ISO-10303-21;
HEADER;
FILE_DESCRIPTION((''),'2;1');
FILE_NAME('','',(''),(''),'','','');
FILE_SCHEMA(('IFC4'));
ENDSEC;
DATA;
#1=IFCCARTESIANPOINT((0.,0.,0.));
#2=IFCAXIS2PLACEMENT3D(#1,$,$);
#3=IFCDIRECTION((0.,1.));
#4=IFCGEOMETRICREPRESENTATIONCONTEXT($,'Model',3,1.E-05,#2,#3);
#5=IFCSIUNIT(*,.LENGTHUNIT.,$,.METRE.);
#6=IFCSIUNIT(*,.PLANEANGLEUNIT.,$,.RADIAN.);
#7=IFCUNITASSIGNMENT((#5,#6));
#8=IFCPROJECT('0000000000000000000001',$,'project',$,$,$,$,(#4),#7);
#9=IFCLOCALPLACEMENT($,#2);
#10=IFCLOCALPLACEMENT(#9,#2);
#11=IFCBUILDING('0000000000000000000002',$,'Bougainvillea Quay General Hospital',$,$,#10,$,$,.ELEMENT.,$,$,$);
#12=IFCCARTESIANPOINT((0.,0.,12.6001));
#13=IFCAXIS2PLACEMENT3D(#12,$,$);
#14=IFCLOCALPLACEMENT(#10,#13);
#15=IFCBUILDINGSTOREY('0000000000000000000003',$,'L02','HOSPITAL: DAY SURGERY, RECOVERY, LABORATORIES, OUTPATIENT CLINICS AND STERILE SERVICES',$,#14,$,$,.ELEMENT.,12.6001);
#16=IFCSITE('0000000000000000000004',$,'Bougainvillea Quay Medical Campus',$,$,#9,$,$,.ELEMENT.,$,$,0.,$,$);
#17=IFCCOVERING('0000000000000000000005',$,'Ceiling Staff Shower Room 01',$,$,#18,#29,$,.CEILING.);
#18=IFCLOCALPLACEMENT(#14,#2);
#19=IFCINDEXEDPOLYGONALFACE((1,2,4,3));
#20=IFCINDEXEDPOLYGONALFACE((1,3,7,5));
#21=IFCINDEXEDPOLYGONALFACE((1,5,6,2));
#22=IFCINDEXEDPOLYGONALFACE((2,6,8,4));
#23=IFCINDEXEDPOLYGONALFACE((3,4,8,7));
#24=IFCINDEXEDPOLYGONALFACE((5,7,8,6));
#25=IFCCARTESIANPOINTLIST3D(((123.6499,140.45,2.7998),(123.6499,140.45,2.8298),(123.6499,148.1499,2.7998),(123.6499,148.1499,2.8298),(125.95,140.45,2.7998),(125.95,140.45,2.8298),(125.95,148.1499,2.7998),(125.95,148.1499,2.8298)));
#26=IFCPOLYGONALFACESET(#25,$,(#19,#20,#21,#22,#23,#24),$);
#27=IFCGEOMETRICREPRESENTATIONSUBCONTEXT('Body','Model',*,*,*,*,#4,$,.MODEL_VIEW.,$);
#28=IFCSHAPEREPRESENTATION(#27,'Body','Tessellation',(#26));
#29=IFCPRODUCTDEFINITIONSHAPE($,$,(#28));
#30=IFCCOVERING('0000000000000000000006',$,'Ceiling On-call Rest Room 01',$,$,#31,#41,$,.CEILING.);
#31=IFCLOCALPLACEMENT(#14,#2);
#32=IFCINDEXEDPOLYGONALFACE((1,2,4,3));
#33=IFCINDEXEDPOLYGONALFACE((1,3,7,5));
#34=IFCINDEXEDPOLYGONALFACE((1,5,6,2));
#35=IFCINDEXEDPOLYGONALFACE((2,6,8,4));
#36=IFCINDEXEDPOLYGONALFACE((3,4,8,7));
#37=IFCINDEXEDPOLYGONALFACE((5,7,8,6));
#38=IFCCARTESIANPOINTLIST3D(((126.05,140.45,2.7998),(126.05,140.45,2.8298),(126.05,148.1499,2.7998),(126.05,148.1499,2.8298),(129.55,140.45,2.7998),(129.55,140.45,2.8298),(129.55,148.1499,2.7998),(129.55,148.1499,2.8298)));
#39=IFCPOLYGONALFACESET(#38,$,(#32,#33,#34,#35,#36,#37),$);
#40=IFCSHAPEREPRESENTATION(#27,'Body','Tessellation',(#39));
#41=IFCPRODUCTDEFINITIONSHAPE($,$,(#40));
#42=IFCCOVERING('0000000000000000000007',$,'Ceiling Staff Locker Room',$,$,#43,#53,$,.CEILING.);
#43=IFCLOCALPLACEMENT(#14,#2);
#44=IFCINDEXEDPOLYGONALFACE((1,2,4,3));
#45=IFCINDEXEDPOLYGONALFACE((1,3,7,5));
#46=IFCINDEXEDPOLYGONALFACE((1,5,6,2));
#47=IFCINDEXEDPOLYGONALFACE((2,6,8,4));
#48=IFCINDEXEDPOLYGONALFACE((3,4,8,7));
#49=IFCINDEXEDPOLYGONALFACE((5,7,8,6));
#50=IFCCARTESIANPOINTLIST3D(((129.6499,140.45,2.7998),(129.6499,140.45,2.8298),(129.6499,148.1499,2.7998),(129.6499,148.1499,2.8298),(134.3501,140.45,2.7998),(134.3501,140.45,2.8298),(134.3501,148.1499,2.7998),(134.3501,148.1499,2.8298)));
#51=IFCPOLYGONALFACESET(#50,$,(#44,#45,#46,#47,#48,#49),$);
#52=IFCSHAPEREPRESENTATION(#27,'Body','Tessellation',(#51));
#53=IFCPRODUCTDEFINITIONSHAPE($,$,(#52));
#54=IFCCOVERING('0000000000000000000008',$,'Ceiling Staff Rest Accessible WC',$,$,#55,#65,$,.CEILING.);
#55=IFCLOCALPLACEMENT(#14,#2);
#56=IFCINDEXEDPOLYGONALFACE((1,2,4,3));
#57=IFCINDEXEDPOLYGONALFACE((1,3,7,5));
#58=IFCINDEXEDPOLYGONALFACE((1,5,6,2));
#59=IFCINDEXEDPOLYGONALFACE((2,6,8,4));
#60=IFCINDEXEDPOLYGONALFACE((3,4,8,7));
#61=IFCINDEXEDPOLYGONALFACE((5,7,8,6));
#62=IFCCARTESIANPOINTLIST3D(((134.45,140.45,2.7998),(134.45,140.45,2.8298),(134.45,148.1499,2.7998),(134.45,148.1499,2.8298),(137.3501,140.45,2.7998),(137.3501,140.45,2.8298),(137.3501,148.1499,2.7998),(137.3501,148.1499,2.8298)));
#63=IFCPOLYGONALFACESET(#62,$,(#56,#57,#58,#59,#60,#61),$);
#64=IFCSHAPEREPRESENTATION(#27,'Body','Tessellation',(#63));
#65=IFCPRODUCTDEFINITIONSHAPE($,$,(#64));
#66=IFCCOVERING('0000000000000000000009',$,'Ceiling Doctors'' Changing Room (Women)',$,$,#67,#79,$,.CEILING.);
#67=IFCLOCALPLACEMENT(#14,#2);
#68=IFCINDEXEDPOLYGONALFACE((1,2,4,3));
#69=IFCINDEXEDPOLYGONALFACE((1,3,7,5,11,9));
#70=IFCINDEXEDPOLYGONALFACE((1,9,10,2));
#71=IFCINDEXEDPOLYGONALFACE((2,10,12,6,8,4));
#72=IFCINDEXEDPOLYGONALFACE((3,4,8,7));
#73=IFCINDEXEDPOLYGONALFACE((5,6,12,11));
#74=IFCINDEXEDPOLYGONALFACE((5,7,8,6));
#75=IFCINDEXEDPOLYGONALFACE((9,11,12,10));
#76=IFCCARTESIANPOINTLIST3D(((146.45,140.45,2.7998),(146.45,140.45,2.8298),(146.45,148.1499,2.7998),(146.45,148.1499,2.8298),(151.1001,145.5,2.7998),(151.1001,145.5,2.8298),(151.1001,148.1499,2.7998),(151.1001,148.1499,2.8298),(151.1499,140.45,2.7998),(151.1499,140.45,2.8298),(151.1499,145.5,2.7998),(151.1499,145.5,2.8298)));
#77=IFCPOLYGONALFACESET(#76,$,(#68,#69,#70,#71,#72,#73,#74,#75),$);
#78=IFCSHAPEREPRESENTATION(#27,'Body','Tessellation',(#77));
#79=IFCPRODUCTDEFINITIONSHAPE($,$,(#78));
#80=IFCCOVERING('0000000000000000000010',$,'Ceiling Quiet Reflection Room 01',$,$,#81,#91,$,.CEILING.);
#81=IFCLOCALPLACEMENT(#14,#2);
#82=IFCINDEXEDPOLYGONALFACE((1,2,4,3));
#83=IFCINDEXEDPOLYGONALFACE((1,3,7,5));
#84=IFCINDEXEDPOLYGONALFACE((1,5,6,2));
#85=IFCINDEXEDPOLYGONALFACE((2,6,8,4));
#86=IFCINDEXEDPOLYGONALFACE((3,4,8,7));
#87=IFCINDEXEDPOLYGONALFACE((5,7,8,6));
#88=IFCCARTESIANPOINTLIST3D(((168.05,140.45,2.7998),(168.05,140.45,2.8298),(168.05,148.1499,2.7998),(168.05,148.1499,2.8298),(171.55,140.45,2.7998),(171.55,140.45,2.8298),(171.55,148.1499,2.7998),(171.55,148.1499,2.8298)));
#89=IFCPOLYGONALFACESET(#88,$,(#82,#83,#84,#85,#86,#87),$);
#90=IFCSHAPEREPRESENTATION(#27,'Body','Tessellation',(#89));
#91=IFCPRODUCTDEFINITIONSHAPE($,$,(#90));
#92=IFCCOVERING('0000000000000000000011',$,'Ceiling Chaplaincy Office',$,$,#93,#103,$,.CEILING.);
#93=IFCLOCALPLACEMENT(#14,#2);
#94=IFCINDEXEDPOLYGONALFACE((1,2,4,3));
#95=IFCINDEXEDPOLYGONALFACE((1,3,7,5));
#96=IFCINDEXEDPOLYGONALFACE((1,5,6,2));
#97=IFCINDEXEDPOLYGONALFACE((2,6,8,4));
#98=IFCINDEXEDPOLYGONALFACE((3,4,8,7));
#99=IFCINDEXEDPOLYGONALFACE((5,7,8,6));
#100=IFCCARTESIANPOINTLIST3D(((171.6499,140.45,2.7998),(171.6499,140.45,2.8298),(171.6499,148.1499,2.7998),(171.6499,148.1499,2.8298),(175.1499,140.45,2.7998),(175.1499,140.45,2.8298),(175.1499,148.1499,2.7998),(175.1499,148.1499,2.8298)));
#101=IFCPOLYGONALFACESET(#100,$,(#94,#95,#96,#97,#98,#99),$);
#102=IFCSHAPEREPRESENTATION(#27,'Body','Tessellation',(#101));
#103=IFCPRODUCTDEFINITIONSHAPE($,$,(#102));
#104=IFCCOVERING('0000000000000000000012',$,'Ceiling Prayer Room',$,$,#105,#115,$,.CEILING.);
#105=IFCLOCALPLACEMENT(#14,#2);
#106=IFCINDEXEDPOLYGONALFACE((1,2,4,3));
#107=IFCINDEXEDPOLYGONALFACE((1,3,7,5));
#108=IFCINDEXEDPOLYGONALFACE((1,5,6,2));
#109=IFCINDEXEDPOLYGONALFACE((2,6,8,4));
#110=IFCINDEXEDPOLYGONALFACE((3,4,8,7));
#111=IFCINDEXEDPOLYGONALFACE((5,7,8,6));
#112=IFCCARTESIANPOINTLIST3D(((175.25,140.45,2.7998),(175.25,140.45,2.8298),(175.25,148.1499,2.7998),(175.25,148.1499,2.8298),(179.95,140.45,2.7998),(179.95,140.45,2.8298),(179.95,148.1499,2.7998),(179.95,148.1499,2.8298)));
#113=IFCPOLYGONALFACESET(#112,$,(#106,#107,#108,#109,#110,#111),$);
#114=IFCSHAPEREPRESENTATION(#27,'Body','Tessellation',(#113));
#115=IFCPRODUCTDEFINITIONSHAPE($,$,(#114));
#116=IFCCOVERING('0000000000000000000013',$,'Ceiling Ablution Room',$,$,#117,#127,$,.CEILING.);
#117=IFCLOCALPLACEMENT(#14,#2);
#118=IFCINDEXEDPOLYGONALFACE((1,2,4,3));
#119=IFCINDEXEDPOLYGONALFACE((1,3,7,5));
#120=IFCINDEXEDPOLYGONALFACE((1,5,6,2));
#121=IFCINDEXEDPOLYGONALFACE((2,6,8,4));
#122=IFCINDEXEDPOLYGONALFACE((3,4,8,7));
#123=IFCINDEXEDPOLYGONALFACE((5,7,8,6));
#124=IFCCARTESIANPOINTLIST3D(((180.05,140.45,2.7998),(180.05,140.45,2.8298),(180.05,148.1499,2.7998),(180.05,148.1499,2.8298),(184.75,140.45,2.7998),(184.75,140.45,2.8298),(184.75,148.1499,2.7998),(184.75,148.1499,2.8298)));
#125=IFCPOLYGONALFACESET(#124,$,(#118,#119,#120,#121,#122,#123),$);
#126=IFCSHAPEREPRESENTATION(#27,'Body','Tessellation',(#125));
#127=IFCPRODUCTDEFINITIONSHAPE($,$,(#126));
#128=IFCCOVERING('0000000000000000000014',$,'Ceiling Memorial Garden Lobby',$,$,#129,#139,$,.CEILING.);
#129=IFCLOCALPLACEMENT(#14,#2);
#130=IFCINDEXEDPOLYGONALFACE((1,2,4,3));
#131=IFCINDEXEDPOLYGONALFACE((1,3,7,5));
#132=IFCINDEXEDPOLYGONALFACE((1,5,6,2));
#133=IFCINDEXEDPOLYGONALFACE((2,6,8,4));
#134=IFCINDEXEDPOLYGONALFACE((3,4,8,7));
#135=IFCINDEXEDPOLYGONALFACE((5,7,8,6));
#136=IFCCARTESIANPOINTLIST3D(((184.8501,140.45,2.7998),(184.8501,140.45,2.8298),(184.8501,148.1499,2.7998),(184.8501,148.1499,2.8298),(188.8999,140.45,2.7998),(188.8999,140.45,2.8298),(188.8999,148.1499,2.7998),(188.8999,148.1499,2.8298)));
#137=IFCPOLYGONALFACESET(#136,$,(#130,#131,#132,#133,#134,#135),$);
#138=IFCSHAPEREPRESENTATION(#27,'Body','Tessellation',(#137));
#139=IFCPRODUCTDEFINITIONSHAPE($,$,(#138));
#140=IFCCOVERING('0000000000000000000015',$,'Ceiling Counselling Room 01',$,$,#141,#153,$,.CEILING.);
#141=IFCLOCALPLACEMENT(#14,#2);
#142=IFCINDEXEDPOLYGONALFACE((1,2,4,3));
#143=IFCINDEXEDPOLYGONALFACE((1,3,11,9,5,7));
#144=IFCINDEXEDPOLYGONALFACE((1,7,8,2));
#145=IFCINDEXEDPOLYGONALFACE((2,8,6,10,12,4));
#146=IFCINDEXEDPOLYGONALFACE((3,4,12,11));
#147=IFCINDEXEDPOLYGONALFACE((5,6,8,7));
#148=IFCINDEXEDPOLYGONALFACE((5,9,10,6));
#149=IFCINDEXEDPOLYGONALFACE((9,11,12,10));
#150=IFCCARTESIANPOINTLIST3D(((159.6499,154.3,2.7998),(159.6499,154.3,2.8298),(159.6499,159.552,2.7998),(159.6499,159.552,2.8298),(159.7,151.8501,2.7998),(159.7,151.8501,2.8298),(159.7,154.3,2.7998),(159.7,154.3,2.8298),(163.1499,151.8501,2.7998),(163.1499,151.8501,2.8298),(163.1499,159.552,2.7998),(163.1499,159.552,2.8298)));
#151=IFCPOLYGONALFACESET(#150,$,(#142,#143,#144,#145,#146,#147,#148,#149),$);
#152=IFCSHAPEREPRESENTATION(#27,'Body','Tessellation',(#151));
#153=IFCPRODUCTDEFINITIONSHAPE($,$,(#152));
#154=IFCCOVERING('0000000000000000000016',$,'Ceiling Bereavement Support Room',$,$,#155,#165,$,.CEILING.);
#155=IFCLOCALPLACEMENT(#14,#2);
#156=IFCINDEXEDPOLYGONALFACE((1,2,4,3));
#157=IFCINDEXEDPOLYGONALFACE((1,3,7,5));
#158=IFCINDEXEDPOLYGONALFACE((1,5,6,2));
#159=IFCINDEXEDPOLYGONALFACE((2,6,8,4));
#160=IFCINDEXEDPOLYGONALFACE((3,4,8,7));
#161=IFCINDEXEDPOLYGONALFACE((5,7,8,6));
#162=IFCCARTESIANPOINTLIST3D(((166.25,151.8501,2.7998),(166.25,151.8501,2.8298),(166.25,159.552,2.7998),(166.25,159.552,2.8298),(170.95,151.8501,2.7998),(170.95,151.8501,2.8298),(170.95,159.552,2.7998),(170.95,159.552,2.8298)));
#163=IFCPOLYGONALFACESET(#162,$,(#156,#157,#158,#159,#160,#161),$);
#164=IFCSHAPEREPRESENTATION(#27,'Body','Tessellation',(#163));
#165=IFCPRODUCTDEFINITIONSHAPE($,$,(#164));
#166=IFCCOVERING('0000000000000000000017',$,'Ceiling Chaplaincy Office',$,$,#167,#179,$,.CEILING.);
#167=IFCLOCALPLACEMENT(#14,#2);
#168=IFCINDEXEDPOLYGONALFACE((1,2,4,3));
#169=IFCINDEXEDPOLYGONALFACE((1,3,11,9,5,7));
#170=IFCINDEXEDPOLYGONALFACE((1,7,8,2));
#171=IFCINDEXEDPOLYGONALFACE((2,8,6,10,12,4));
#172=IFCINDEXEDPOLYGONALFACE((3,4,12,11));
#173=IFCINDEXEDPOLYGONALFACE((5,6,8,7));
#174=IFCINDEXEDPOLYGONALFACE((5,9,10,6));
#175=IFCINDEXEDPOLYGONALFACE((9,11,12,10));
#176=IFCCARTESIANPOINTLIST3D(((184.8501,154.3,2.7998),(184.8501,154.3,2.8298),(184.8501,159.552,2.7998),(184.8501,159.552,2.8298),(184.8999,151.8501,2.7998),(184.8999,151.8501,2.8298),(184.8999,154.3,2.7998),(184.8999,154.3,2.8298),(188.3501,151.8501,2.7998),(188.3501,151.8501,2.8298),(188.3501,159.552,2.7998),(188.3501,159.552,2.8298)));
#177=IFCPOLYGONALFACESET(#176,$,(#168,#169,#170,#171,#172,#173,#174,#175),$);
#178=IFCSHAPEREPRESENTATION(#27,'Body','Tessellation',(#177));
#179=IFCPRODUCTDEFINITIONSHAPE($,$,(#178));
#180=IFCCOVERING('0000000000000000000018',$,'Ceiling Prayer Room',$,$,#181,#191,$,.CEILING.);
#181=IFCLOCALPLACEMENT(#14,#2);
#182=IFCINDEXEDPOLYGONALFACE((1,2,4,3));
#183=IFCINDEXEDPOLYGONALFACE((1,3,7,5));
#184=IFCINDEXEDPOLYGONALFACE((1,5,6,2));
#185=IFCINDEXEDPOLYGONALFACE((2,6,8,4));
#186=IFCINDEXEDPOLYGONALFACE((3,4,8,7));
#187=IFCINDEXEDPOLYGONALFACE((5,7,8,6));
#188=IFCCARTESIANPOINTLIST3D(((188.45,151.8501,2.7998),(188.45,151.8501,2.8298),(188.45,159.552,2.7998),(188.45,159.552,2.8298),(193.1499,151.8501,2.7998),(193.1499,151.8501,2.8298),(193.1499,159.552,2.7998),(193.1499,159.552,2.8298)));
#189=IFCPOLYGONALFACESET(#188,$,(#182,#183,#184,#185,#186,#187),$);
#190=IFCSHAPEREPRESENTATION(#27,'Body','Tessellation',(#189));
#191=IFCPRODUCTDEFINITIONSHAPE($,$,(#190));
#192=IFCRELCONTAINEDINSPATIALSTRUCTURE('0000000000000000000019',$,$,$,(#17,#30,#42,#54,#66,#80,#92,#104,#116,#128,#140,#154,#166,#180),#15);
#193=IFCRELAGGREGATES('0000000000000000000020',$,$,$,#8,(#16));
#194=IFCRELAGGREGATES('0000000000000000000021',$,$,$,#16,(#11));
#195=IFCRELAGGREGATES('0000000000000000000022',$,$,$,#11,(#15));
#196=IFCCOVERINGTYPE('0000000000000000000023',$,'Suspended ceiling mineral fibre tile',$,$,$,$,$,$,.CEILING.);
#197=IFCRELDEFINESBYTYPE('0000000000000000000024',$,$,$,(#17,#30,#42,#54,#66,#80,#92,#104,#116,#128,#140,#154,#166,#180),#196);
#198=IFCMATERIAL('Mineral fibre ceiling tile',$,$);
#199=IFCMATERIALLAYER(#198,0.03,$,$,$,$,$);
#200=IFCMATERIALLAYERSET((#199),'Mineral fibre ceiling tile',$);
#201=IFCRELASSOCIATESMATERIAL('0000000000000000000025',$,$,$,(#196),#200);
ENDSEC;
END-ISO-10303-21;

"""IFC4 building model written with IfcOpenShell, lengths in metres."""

from ifc_helpers import new_model, si_unit, direction, frame, origin, place, context, subcontext, project, spatial, polyline, outline, extrude, material, layer, layer_set, type_object, element, save


model = new_model("IFC4")

# Units and contexts
model_context = context("Model", 3, precision=1e-05, world=origin(), true_north=direction((0.0, 1.0)))
body_context = subcontext(model_context, "Body", "Model", "MODEL_VIEW")
ifc_project = project(units=[si_unit("LENGTHUNIT", "METRE"), si_unit("PLANEANGLEUNIT", "RADIAN")], contexts=[model_context])

# Site, building, storey
site_placement = place(None, origin())
site = spatial("IfcSite", under=ifc_project, at=site_placement, Name="Bougainvillea Quay Medical Campus", CompositionType="ELEMENT", RefElevation=0.0)
building_placement = place(site_placement, origin())
building = spatial("IfcBuilding", under=site, at=building_placement, Name="Bougainvillea Quay General Hospital", CompositionType="ELEMENT")
storey_placement = place(building_placement, frame((0.0, 0.0, 12.6001)))
storey = spatial("IfcBuildingStorey", under=building, at=storey_placement, Name="L02", Description="HOSPITAL: DAY SURGERY, RECOVERY, LABORATORIES, OUTPATIENT CLINICS AND STERILE SERVICES", CompositionType="ELEMENT", Elevation=12.6001)

# Coverings
ifc_material_1 = material(Name="Mineral fibre ceiling tile")
ifc_layer_1 = layer(ifc_material_1, 0.03)
ifc_layer_set_1 = layer_set([ifc_layer_1], Name="Mineral fibre ceiling tile")
covering_type = type_object("IfcCoveringType", Name="Suspended ceiling mineral fibre tile", PredefinedType="CEILING", material=ifc_layer_set_1)
covering_1_placement = place(storey_placement, frame((0.0, 0.0, 2.7998)))
element("IfcCovering", 1, at=covering_1_placement, inside=storey, type_object=covering_type, Name="Ceiling Staff Shower Room 01", PredefinedType="CEILING", context=body_context, shape_type="SweptSolid", body=[
    extrude(outline(polyline([(123.6499, 140.45), (125.95, 140.45), (125.95, 148.1499), (123.6499, 148.1499), (123.6499, 140.45)])), origin(), (0.0, 0.0, 1.0), 0.03),
])
covering_2_placement = place(storey_placement, frame((0.0, 0.0, 2.7998)))
element("IfcCovering", 2, at=covering_2_placement, inside=storey, type_object=covering_type, Name="Ceiling On-call Rest Room 01", PredefinedType="CEILING", context=body_context, shape_type="SweptSolid", body=[
    extrude(outline(polyline([(129.55, 148.1499), (126.05, 148.1499), (126.05, 140.45), (129.55, 140.45), (129.55, 148.1499)])), origin(), (0.0, 0.0, 1.0), 0.03),
])
covering_3_placement = place(storey_placement, frame((0.0, 0.0, 2.7998)))
element("IfcCovering", 3, at=covering_3_placement, inside=storey, type_object=covering_type, Name="Ceiling Staff Locker Room", PredefinedType="CEILING", context=body_context, shape_type="SweptSolid", body=[
    extrude(outline(polyline([(129.6499, 140.45), (134.3501, 140.45), (134.3501, 148.1499), (129.6499, 148.1499), (129.6499, 140.45)])), origin(), (0.0, 0.0, 1.0), 0.03),
])
covering_4_placement = place(storey_placement, frame((0.0, 0.0, 2.7998)))
element("IfcCovering", 4, at=covering_4_placement, inside=storey, type_object=covering_type, Name="Ceiling Staff Rest Accessible WC", PredefinedType="CEILING", context=body_context, shape_type="SweptSolid", body=[
    extrude(outline(polyline([(137.3501, 148.1499), (134.45, 148.1499), (134.45, 140.45), (137.3501, 140.45), (137.3501, 148.1499)])), origin(), (0.0, 0.0, 1.0), 0.03),
])
covering_5_placement = place(storey_placement, frame((0.0, 0.0, 2.7998)))
element("IfcCovering", 5, at=covering_5_placement, inside=storey, type_object=covering_type, Name="Ceiling Doctors' Changing Room (Women)", PredefinedType="CEILING", context=body_context, shape_type="SweptSolid", body=[
    extrude(outline(polyline([(151.1499, 145.5), (151.1001, 145.5), (151.1001, 148.1499), (146.45, 148.1499), (146.45, 140.45), (151.1499, 140.45), (151.1499, 145.5)])), origin(), (0.0, 0.0, 1.0), 0.03),
])
covering_6_placement = place(storey_placement, frame((0.0, 0.0, 2.7998)))
element("IfcCovering", 6, at=covering_6_placement, inside=storey, type_object=covering_type, Name="Ceiling Quiet Reflection Room 01", PredefinedType="CEILING", context=body_context, shape_type="SweptSolid", body=[
    extrude(outline(polyline([(171.55, 148.1499), (168.05, 148.1499), (168.05, 140.45), (171.55, 140.45), (171.55, 148.1499)])), origin(), (0.0, 0.0, 1.0), 0.03),
])
covering_7_placement = place(storey_placement, frame((0.0, 0.0, 2.7998)))
element("IfcCovering", 7, at=covering_7_placement, inside=storey, type_object=covering_type, Name="Ceiling Chaplaincy Office", PredefinedType="CEILING", context=body_context, shape_type="SweptSolid", body=[
    extrude(outline(polyline([(171.6499, 148.1499), (171.6499, 140.45), (175.1499, 140.45), (175.1499, 148.1499), (171.6499, 148.1499)])), origin(), (0.0, 0.0, 1.0), 0.03),
])
covering_8_placement = place(storey_placement, frame((0.0, 0.0, 2.7998)))
element("IfcCovering", 8, at=covering_8_placement, inside=storey, type_object=covering_type, Name="Ceiling Prayer Room", PredefinedType="CEILING", context=body_context, shape_type="SweptSolid", body=[
    extrude(outline(polyline([(179.95, 140.45), (179.95, 148.1499), (175.25, 148.1499), (175.25, 140.45), (179.95, 140.45)])), origin(), (0.0, 0.0, 1.0), 0.03),
])
covering_9_placement = place(storey_placement, frame((0.0, 0.0, 2.7998)))
element("IfcCovering", 9, at=covering_9_placement, inside=storey, type_object=covering_type, Name="Ceiling Ablution Room", PredefinedType="CEILING", context=body_context, shape_type="SweptSolid", body=[
    extrude(outline(polyline([(184.75, 140.45), (184.75, 148.1499), (180.05, 148.1499), (180.05, 140.45), (184.75, 140.45)])), origin(), (0.0, 0.0, 1.0), 0.03),
])
covering_10_placement = place(storey_placement, frame((0.0, 0.0, 2.7998)))
element("IfcCovering", 10, at=covering_10_placement, inside=storey, type_object=covering_type, Name="Ceiling Memorial Garden Lobby", PredefinedType="CEILING", context=body_context, shape_type="SweptSolid", body=[
    extrude(outline(polyline([(188.8999, 140.45), (188.8999, 148.1499), (184.8501, 148.1499), (184.8501, 140.45), (188.8999, 140.45)])), origin(), (0.0, 0.0, 1.0), 0.03),
])
covering_11_placement = place(storey_placement, frame((0.0, 0.0, 2.7998)))
element("IfcCovering", 11, at=covering_11_placement, inside=storey, type_object=covering_type, Name="Ceiling Counselling Room 01", PredefinedType="CEILING", context=body_context, shape_type="SweptSolid", body=[
    extrude(outline(polyline([(159.7, 154.3), (159.7, 151.8501), (163.1499, 151.8501), (163.1499, 159.552), (159.6499, 159.552), (159.6499, 154.3), (159.7, 154.3)])), origin(), (0.0, 0.0, 1.0), 0.03),
])
covering_12_placement = place(storey_placement, frame((0.0, 0.0, 2.7998)))
element("IfcCovering", 12, at=covering_12_placement, inside=storey, type_object=covering_type, Name="Ceiling Bereavement Support Room", PredefinedType="CEILING", context=body_context, shape_type="SweptSolid", body=[
    extrude(outline(polyline([(170.95, 151.8501), (170.95, 159.552), (166.25, 159.552), (166.25, 151.8501), (170.95, 151.8501)])), origin(), (0.0, 0.0, 1.0), 0.03),
])
covering_13_placement = place(storey_placement, frame((0.0, 0.0, 2.7998)))
element("IfcCovering", 13, at=covering_13_placement, inside=storey, type_object=covering_type, Name="Ceiling Chaplaincy Office", PredefinedType="CEILING", context=body_context, shape_type="SweptSolid", body=[
    extrude(outline(polyline([(188.3501, 151.8501), (188.3501, 159.552), (184.8501, 159.552), (184.8501, 154.3), (184.8999, 154.3), (184.8999, 151.8501), (188.3501, 151.8501)])), origin(), (0.0, 0.0, 1.0), 0.03),
])
covering_14_placement = place(storey_placement, frame((0.0, 0.0, 2.7998)))
element("IfcCovering", 14, at=covering_14_placement, inside=storey, type_object=covering_type, Name="Ceiling Prayer Room", PredefinedType="CEILING", context=body_context, shape_type="SweptSolid", body=[
    extrude(outline(polyline([(193.1499, 159.552), (188.45, 159.552), (188.45, 151.8501), (193.1499, 151.8501), (193.1499, 159.552)])), origin(), (0.0, 0.0, 1.0), 0.03),
])

save(model, "model.ifc")
